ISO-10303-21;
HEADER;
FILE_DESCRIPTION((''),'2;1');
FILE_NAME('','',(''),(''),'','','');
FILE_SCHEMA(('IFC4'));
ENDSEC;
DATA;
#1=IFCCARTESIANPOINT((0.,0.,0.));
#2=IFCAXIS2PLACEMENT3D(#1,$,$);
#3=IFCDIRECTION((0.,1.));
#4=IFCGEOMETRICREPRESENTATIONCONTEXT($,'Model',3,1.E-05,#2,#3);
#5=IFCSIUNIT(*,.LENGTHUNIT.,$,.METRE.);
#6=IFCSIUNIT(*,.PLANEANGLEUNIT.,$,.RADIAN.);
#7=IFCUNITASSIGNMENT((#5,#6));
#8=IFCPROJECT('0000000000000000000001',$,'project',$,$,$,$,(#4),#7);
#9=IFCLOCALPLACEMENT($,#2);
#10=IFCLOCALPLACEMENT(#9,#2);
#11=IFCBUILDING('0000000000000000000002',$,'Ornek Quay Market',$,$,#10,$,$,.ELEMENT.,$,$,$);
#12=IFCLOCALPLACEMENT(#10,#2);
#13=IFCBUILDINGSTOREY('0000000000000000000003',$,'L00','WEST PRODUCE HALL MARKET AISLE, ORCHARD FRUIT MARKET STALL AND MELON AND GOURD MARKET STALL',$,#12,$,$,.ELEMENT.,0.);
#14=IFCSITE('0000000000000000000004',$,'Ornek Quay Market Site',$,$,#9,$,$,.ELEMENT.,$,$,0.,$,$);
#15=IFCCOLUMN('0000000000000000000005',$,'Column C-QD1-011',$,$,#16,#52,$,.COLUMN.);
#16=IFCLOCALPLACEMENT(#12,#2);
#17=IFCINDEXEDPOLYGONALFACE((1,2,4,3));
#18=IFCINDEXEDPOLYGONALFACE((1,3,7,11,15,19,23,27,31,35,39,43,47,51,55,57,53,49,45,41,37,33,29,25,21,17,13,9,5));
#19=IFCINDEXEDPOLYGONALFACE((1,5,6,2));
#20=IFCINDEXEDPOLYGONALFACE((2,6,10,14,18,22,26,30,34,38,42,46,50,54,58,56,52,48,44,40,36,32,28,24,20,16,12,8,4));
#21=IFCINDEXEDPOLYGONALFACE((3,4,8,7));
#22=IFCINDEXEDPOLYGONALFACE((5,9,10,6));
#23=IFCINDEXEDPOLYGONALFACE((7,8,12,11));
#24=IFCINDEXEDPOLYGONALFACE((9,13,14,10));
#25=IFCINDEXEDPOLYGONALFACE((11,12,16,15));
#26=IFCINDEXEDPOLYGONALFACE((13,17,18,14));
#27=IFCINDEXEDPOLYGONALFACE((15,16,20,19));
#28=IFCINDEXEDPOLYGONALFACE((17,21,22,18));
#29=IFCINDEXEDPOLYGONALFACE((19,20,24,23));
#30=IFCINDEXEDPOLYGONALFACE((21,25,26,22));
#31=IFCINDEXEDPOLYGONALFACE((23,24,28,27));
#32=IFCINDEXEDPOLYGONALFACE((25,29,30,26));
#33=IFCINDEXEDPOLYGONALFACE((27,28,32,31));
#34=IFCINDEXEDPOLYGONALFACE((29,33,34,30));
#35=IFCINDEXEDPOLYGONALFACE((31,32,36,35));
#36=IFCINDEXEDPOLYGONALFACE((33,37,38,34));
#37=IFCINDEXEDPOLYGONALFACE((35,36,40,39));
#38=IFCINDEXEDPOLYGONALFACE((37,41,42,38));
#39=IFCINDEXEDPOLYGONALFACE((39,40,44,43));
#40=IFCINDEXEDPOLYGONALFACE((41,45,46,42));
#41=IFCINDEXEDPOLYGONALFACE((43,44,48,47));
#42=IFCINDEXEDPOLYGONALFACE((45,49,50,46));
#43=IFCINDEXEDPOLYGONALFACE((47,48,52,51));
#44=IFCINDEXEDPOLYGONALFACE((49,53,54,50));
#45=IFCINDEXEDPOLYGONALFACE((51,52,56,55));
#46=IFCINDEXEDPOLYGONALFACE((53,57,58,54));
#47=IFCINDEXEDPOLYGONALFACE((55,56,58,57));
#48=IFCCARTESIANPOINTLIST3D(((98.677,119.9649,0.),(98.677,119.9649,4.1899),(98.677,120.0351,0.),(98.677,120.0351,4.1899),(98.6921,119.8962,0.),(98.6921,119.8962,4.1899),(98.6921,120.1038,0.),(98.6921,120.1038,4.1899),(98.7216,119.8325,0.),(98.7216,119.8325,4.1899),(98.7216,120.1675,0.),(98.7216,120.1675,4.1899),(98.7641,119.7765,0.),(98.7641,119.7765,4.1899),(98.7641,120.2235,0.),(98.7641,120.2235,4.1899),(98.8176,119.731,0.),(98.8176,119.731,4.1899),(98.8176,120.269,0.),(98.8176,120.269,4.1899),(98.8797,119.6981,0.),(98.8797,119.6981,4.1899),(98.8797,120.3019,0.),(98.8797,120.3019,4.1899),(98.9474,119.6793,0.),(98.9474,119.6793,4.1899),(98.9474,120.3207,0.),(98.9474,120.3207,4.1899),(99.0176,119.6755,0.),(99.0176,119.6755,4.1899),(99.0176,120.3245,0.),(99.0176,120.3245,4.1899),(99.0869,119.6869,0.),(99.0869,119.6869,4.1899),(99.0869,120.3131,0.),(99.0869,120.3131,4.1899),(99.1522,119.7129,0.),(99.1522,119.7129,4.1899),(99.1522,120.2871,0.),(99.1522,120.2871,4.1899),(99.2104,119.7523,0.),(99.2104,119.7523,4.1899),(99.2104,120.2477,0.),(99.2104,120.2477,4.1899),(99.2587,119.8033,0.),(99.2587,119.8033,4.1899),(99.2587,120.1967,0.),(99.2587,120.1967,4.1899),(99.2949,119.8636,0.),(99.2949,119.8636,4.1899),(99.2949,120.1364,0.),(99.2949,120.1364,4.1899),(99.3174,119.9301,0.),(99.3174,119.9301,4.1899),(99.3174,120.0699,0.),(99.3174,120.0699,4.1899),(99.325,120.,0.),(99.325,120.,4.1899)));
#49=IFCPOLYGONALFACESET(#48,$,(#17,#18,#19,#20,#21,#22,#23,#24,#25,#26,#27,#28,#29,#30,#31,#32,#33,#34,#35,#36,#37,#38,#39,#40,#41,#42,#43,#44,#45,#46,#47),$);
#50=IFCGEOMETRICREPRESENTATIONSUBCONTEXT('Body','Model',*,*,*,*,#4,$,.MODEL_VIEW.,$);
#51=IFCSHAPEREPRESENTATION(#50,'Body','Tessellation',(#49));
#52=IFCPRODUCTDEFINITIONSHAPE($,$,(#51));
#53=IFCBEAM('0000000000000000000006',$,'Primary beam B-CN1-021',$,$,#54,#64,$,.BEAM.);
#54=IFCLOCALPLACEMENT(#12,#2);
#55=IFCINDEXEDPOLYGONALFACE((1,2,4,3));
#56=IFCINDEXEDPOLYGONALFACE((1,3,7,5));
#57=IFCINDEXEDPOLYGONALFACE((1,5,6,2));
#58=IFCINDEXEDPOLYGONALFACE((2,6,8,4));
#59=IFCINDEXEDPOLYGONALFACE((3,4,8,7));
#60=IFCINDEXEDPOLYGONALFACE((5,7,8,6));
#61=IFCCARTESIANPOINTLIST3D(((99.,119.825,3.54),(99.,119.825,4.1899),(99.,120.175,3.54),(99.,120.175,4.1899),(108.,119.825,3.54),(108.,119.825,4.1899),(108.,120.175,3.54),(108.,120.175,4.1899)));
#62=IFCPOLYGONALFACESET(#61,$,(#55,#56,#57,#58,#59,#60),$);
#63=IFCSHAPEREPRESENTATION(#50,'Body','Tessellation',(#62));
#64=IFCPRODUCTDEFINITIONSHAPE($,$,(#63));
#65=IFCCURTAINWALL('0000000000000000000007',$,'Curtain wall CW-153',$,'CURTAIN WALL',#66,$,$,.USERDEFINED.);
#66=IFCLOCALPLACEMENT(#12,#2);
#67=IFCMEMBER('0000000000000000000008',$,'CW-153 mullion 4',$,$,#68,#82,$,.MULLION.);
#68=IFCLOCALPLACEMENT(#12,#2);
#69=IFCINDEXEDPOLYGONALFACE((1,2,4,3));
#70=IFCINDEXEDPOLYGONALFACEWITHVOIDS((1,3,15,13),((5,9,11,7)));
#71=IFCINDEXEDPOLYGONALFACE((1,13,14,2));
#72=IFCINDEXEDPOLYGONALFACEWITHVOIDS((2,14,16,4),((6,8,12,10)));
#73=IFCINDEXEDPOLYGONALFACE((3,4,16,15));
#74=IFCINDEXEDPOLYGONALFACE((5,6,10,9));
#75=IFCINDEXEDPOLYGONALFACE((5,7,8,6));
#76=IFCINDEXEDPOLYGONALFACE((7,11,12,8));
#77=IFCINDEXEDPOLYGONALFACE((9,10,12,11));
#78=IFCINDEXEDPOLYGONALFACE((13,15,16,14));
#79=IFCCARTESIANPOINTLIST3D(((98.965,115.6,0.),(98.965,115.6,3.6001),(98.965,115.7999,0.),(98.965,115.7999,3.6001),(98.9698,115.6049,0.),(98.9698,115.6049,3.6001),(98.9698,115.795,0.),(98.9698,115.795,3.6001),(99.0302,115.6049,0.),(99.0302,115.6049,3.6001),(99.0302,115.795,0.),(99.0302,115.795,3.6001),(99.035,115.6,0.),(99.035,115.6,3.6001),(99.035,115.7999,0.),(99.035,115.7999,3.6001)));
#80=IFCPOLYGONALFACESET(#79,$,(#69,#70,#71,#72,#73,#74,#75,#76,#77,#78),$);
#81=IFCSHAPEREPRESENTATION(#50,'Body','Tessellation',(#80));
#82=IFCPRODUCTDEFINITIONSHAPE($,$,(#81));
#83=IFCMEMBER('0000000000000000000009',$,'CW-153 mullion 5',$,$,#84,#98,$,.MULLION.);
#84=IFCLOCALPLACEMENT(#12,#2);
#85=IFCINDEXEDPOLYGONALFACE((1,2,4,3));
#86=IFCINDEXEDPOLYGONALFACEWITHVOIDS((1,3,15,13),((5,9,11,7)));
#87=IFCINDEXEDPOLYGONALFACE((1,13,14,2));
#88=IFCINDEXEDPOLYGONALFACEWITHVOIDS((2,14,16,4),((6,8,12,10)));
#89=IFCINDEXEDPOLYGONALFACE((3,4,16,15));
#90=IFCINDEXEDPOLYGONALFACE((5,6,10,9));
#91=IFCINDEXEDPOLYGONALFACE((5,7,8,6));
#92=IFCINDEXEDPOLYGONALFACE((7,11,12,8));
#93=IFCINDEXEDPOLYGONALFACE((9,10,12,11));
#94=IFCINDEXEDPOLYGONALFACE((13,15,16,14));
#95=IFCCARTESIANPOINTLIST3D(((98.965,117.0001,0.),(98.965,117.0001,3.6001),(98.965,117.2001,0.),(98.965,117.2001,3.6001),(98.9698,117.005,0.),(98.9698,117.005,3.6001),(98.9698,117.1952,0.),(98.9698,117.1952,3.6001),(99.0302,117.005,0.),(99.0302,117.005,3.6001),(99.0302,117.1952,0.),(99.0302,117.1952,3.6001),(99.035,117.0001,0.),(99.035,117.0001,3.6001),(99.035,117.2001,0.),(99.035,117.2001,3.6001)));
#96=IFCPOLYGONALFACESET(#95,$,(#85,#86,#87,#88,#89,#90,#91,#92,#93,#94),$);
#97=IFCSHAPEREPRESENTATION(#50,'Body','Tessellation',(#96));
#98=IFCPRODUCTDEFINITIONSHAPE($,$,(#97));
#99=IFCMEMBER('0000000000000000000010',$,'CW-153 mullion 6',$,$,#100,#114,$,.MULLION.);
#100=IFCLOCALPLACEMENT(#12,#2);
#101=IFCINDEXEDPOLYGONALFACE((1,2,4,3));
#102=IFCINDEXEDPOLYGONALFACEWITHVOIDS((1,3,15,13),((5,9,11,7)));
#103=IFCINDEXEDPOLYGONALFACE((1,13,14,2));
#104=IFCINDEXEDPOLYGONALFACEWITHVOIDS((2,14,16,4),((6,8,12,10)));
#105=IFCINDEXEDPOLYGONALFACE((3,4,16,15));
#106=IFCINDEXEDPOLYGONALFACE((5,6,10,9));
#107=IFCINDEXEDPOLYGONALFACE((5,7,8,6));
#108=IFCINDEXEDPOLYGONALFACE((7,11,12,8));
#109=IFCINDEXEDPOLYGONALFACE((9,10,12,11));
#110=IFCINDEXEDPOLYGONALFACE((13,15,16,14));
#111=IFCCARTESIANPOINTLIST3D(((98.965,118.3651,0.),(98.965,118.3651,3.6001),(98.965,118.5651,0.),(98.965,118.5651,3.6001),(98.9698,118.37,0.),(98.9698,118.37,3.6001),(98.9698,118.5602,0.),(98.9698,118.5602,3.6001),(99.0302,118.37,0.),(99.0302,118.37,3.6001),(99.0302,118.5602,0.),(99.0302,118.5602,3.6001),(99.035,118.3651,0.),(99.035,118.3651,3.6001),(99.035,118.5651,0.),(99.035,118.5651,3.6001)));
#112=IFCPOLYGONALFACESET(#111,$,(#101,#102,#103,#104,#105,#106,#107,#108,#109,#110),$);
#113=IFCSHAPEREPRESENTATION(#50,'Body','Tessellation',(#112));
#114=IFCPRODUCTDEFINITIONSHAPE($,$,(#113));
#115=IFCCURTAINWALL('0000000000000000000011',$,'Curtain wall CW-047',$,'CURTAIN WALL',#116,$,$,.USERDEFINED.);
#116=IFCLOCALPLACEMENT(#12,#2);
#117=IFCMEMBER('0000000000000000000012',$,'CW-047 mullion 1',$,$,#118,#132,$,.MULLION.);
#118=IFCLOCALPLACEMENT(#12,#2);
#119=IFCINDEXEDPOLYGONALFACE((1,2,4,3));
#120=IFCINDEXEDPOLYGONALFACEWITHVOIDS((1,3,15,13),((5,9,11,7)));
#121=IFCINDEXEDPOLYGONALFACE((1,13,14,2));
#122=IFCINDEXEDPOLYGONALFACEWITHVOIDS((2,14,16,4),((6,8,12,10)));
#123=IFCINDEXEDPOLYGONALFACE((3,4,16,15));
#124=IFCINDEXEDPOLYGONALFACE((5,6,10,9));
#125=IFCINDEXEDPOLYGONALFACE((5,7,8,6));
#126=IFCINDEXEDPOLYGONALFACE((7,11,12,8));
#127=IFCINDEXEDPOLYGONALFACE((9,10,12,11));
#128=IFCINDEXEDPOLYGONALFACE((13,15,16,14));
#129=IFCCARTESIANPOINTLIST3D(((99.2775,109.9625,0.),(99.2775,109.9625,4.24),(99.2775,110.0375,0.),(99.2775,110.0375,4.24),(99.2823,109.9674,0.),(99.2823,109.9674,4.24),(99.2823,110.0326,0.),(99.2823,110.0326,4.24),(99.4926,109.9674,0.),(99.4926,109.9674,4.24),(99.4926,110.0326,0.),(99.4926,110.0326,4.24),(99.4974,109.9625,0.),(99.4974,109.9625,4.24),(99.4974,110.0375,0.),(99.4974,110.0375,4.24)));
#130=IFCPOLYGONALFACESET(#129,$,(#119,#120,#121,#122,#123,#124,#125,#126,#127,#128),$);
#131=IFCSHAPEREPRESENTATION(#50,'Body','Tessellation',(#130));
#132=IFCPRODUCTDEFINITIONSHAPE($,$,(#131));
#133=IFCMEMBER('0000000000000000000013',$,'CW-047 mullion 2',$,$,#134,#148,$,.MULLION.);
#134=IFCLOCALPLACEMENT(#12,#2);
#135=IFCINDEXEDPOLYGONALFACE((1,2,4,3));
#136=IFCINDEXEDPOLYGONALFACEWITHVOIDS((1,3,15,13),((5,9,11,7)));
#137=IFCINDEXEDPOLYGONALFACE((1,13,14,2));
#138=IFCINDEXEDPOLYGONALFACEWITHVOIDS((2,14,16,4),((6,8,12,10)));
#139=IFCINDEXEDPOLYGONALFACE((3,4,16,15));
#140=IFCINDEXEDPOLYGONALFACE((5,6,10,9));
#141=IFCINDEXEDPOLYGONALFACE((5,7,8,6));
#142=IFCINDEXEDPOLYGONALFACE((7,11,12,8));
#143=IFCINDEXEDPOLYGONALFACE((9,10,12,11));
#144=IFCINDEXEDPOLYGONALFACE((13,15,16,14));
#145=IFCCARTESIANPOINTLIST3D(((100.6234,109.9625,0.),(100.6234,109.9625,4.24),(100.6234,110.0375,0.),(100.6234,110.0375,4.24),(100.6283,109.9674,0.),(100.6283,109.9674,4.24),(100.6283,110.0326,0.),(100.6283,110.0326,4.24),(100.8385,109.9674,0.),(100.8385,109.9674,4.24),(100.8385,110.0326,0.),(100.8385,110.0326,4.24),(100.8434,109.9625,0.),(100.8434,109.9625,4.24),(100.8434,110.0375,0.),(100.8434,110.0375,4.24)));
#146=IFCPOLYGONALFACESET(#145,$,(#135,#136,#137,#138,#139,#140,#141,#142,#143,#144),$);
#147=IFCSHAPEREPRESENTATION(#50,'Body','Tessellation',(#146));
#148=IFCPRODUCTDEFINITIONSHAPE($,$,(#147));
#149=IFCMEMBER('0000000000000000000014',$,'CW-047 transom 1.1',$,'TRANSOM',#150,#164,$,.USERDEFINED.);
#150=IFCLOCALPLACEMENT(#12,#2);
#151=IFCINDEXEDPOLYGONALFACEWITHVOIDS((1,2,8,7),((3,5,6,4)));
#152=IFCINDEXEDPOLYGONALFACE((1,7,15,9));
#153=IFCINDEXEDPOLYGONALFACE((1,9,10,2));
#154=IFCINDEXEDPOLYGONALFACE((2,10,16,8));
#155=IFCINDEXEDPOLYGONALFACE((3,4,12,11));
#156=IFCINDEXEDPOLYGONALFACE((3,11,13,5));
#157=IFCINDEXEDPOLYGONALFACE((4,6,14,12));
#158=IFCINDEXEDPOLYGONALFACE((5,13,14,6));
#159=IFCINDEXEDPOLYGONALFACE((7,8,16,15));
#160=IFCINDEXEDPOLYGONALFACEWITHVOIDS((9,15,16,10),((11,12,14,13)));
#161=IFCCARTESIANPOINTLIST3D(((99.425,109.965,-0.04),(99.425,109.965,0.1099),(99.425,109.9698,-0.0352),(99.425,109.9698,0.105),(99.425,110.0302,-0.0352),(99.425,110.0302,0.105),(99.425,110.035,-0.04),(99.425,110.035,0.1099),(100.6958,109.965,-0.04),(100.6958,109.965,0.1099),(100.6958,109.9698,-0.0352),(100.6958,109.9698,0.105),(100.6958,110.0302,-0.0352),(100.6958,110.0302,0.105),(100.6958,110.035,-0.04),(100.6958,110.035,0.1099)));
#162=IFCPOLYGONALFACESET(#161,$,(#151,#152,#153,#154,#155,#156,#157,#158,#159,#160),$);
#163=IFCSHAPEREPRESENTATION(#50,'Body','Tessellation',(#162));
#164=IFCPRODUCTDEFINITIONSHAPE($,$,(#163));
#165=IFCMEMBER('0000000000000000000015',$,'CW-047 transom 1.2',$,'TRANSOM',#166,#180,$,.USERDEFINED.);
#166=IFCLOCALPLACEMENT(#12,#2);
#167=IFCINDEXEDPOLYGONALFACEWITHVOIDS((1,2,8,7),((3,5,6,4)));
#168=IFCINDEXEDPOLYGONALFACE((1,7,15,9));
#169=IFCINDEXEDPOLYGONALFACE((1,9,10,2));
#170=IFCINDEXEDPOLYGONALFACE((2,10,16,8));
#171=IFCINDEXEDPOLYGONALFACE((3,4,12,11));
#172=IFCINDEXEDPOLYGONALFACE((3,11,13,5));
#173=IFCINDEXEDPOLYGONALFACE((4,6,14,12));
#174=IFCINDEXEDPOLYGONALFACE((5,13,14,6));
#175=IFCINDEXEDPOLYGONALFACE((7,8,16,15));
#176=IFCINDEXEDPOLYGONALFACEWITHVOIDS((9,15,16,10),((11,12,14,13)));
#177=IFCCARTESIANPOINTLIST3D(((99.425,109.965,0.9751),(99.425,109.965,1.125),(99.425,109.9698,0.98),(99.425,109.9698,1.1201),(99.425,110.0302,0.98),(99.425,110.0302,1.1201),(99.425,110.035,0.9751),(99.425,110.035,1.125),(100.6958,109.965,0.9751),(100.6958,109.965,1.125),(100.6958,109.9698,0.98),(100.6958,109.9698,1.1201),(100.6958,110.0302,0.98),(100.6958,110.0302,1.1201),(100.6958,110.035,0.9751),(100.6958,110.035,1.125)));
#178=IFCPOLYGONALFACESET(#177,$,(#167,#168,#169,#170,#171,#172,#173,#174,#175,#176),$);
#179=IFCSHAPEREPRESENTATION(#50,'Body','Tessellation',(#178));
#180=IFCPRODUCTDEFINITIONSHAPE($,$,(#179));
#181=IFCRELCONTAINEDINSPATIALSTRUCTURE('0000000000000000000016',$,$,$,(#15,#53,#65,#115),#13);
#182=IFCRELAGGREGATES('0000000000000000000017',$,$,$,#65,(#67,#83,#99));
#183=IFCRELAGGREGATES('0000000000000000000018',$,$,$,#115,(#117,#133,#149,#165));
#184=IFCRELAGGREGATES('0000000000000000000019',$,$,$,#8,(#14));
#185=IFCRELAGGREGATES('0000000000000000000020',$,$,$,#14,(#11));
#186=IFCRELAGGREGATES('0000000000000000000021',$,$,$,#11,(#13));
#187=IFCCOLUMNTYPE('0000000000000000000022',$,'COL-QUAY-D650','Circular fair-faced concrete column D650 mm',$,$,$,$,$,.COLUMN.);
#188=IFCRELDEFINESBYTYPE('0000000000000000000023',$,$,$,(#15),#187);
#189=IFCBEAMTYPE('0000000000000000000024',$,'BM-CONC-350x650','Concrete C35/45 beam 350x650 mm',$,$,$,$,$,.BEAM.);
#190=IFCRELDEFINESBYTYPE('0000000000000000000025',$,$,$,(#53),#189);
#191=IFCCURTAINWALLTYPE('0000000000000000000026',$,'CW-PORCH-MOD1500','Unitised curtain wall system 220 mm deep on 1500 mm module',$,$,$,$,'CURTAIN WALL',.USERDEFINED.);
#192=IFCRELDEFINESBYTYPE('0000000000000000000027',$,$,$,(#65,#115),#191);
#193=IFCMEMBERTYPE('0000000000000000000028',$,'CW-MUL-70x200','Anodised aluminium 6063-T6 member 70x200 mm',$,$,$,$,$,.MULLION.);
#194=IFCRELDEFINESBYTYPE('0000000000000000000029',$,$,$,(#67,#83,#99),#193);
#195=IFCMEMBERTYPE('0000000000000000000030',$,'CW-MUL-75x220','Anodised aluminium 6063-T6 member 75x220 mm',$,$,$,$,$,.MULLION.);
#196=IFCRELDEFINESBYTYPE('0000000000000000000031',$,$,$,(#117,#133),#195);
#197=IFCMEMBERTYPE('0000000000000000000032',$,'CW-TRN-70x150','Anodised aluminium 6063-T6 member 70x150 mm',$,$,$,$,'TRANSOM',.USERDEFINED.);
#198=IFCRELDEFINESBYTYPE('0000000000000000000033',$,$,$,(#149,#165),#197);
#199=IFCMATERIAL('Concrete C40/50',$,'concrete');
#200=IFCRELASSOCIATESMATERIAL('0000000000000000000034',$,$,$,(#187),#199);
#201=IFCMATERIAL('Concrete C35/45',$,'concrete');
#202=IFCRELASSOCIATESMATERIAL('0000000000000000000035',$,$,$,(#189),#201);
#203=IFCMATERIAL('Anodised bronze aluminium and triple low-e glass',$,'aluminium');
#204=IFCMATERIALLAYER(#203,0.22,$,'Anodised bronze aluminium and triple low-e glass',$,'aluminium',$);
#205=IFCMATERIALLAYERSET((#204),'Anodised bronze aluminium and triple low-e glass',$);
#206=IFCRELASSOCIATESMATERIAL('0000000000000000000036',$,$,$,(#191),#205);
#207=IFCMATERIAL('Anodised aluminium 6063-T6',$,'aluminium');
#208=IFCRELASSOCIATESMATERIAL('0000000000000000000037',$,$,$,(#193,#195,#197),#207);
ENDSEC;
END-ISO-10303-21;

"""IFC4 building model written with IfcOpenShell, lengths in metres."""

from ifc_helpers import new_model, si_unit, direction, frame, origin, origin_2d, place, context, subcontext, project, spatial, rectangle, hollow_rectangle, circle, extrude, material, layer, layer_set, material_profile, profile_set, type_object, element, aggregate, save


model = new_model("IFC4")

# Units and contexts
model_context = context("Model", 3, precision=1e-05, world=origin(), true_north=direction((0.0, 1.0)))
body_context = subcontext(model_context, "Body", "Model", "MODEL_VIEW")
ifc_project = project(units=[si_unit("LENGTHUNIT", "METRE"), si_unit("PLANEANGLEUNIT", "RADIAN")], contexts=[model_context])

# Site, building, storey
site_placement = place(None, origin())
site = spatial("IfcSite", under=ifc_project, at=site_placement, Name="Ornek Quay Market Site", CompositionType="ELEMENT", RefElevation=0.0)
building_placement = place(site_placement, origin())
building = spatial("IfcBuilding", under=site, at=building_placement, Name="Ornek Quay Market", CompositionType="ELEMENT")
storey_placement = place(building_placement, origin())
storey = spatial("IfcBuildingStorey", under=building, at=storey_placement, Name="L00", Description="WEST PRODUCE HALL MARKET AISLE, ORCHARD FRUIT MARKET STALL AND MELON AND GOURD MARKET STALL", CompositionType="ELEMENT", Elevation=0.0)

# Column
ifc_material_1 = material(Name="Concrete C40/50", Category="concrete")
ifc_material_profile_1 = material_profile(ifc_material_1, circle(Radius=0.325, at=origin_2d()), Name="RC D650", Category="concrete")
ifc_profile_set_1 = profile_set([ifc_material_profile_1], Name="Concrete C40/50")
column_type = type_object("IfcColumnType", Name="COL-QUAY-D650", Description="Circular fair-faced concrete column D650 mm", PredefinedType="COLUMN", material=ifc_profile_set_1)
column_placement = place(storey_placement, frame((99.0, 120.0, 0.0), z_axis=(0.0, 0.0, 1.0), x_axis=(1.0, 0.0, 0.0)))
element("IfcColumn", 1, at=column_placement, inside=storey, type_object=column_type, Name="Column C-QD1-011", PredefinedType="COLUMN", context=body_context, shape_type="SweptSolid", body=[
    extrude(circle(Radius=0.325, at=origin_2d()), origin(), (0.0, 0.0, 1.0), 4.1899),
])

# Beam
ifc_material_2 = material(Name="Concrete C35/45", Category="concrete")
ifc_material_profile_2 = material_profile(ifc_material_2, rectangle(XDim=0.3501, YDim=0.6499, at=origin_2d()), Name="RC 350x650", Category="concrete")
ifc_profile_set_2 = profile_set([ifc_material_profile_2], Name="Concrete C35/45")
beam_type = type_object("IfcBeamType", Name="BM-CONC-350x650", Description="Concrete C35/45 beam 350x650 mm", PredefinedType="BEAM", material=ifc_profile_set_2)
beam_placement = place(storey_placement, frame((99.0, 120.0, 3.865), z_axis=(1.0, 0.0, 0.0), x_axis=(0.0, 1.0, 0.0)))
element("IfcBeam", 2, at=beam_placement, inside=storey, type_object=beam_type, Name="Primary beam B-CN1-021", PredefinedType="BEAM", context=body_context, shape_type="SweptSolid", body=[
    extrude(rectangle(XDim=0.3501, YDim=0.6499, at=origin_2d()), origin(), (0.0, 0.0, 1.0), 9.0),
])

# Curtain walls, members
ifc_material_3 = material(Name="Anodised bronze aluminium and triple low-e glass", Category="aluminium")
ifc_layer_1 = layer(ifc_material_3, 0.22, Name="Anodised bronze aluminium and triple low-e glass", Category="aluminium")
ifc_layer_set_1 = layer_set([ifc_layer_1], Name="Anodised bronze aluminium and triple low-e glass")
curtain_wall_type = type_object("IfcCurtainWallType", Name="CW-PORCH-MOD1500", Description="Unitised curtain wall system 220 mm deep on 1500 mm module", ElementType="CURTAIN WALL", PredefinedType="USERDEFINED", material=ifc_layer_set_1)
curtain_wall_1_placement = place(storey_placement, origin())
curtain_wall_1 = element("IfcCurtainWall", 3, at=curtain_wall_1_placement, inside=storey, type_object=curtain_wall_type, Name="Curtain wall CW-153", ObjectType="CURTAIN WALL", PredefinedType="USERDEFINED")
ifc_material_4 = material(Name="Anodised aluminium 6063-T6", Category="aluminium")
ifc_material_profile_3 = material_profile(ifc_material_4, hollow_rectangle(XDim=0.0701, YDim=0.2, WallThickness=0.0049, at=origin_2d()), Name="CW-MUL-70x200", Category="aluminium")
ifc_profile_set_3 = profile_set([ifc_material_profile_3], Name="Anodised aluminium 6063-T6")
member_type_1 = type_object("IfcMemberType", Name="CW-MUL-70x200", Description="Anodised aluminium 6063-T6 member 70x200 mm", PredefinedType="MULLION", material=ifc_profile_set_3)
member_1_placement = place(storey_placement, frame((99.0, 115.7, 0.0), z_axis=(0.0, 0.0, 1.0), x_axis=(-1.0, 0.0, 0.0)))
member_1 = element("IfcMember", 4, at=member_1_placement, type_object=member_type_1, Name="CW-153 mullion 4", PredefinedType="MULLION", context=body_context, shape_type="SweptSolid", body=[
    extrude(hollow_rectangle(XDim=0.0701, YDim=0.2, WallThickness=0.0049, at=origin_2d()), origin(), (0.0, 0.0, 1.0), 3.6001),
])
member_2_placement = place(storey_placement, frame((99.0, 117.1001, 0.0), z_axis=(0.0, 0.0, 1.0), x_axis=(-1.0, 0.0, 0.0)))
member_2 = element("IfcMember", 5, at=member_2_placement, type_object=member_type_1, Name="CW-153 mullion 5", PredefinedType="MULLION", context=body_context, shape_type="SweptSolid", body=[
    extrude(hollow_rectangle(XDim=0.0701, YDim=0.2, WallThickness=0.0049, at=origin_2d()), origin(), (0.0, 0.0, 1.0), 3.6001),
])
member_3_placement = place(storey_placement, frame((99.0, 118.4651, 0.0), z_axis=(0.0, 0.0, 1.0), x_axis=(-1.0, 0.0, 0.0)))
member_3 = element("IfcMember", 6, at=member_3_placement, type_object=member_type_1, Name="CW-153 mullion 6", PredefinedType="MULLION", context=body_context, shape_type="SweptSolid", body=[
    extrude(hollow_rectangle(XDim=0.0701, YDim=0.2, WallThickness=0.0049, at=origin_2d()), origin(), (0.0, 0.0, 1.0), 3.6001),
])
curtain_wall_2_placement = place(storey_placement, origin())
curtain_wall_2 = element("IfcCurtainWall", 7, at=curtain_wall_2_placement, inside=storey, type_object=curtain_wall_type, Name="Curtain wall CW-047", ObjectType="CURTAIN WALL", PredefinedType="USERDEFINED")
ifc_material_profile_4 = material_profile(ifc_material_4, hollow_rectangle(XDim=0.075, YDim=0.22, WallThickness=0.0049, at=origin_2d()), Name="CW-MUL-75x220", Category="aluminium")
ifc_profile_set_4 = profile_set([ifc_material_profile_4], Name="Anodised aluminium 6063-T6")
member_type_2 = type_object("IfcMemberType", Name="CW-MUL-75x220", Description="Anodised aluminium 6063-T6 member 75x220 mm", PredefinedType="MULLION", material=ifc_profile_set_4)
member_4_placement = place(storey_placement, frame((99.3875, 110.0, 0.0), z_axis=(0.0, 0.0, 1.0), x_axis=(0.0, 1.0, 0.0)))
member_4 = element("IfcMember", 8, at=member_4_placement, type_object=member_type_2, Name="CW-047 mullion 1", PredefinedType="MULLION", context=body_context, shape_type="SweptSolid", body=[
    extrude(hollow_rectangle(XDim=0.075, YDim=0.22, WallThickness=0.0049, at=origin_2d()), origin(), (0.0, 0.0, 1.0), 4.24),
])
member_5_placement = place(storey_placement, frame((100.7334, 110.0, 0.0), z_axis=(0.0, 0.0, 1.0), x_axis=(0.0, 1.0, 0.0)))
member_5 = element("IfcMember", 9, at=member_5_placement, type_object=member_type_2, Name="CW-047 mullion 2", PredefinedType="MULLION", context=body_context, shape_type="SweptSolid", body=[
    extrude(hollow_rectangle(XDim=0.075, YDim=0.22, WallThickness=0.0049, at=origin_2d()), origin(), (0.0, 0.0, 1.0), 4.24),
])
ifc_material_profile_5 = material_profile(ifc_material_4, hollow_rectangle(XDim=0.0701, YDim=0.1499, WallThickness=0.0049, at=origin_2d()), Name="CW-TRN-70x150", Category="aluminium")
ifc_profile_set_5 = profile_set([ifc_material_profile_5], Name="Anodised aluminium 6063-T6")
member_type_3 = type_object("IfcMemberType", Name="CW-TRN-70x150", Description="Anodised aluminium 6063-T6 member 70x150 mm", ElementType="TRANSOM", PredefinedType="USERDEFINED", material=ifc_profile_set_5)
member_6_placement = place(storey_placement, frame((99.425, 110.0, 0.0349), z_axis=(1.0, 0.0, 0.0), x_axis=(0.0, 1.0, 0.0)))
member_6 = element("IfcMember", 10, at=member_6_placement, type_object=member_type_3, Name="CW-047 transom 1.1", ObjectType="TRANSOM", PredefinedType="USERDEFINED", context=body_context, shape_type="SweptSolid", body=[
    extrude(hollow_rectangle(XDim=0.0701, YDim=0.1499, WallThickness=0.0049, at=origin_2d()), origin(), (0.0, 0.0, 1.0), 1.2708),
])
member_7_placement = place(storey_placement, frame((99.425, 110.0, 1.05), z_axis=(1.0, 0.0, 0.0), x_axis=(0.0, 1.0, 0.0)))
member_7 = element("IfcMember", 11, at=member_7_placement, type_object=member_type_3, Name="CW-047 transom 1.2", ObjectType="TRANSOM", PredefinedType="USERDEFINED", context=body_context, shape_type="SweptSolid", body=[
    extrude(hollow_rectangle(XDim=0.0701, YDim=0.1499, WallThickness=0.0049, at=origin_2d()), origin(), (0.0, 0.0, 1.0), 1.2708),
])

aggregate(curtain_wall_1, [member_1, member_2, member_3])
aggregate(curtain_wall_2, [member_4, member_5, member_6, member_7])

save(model, "model.ifc")
